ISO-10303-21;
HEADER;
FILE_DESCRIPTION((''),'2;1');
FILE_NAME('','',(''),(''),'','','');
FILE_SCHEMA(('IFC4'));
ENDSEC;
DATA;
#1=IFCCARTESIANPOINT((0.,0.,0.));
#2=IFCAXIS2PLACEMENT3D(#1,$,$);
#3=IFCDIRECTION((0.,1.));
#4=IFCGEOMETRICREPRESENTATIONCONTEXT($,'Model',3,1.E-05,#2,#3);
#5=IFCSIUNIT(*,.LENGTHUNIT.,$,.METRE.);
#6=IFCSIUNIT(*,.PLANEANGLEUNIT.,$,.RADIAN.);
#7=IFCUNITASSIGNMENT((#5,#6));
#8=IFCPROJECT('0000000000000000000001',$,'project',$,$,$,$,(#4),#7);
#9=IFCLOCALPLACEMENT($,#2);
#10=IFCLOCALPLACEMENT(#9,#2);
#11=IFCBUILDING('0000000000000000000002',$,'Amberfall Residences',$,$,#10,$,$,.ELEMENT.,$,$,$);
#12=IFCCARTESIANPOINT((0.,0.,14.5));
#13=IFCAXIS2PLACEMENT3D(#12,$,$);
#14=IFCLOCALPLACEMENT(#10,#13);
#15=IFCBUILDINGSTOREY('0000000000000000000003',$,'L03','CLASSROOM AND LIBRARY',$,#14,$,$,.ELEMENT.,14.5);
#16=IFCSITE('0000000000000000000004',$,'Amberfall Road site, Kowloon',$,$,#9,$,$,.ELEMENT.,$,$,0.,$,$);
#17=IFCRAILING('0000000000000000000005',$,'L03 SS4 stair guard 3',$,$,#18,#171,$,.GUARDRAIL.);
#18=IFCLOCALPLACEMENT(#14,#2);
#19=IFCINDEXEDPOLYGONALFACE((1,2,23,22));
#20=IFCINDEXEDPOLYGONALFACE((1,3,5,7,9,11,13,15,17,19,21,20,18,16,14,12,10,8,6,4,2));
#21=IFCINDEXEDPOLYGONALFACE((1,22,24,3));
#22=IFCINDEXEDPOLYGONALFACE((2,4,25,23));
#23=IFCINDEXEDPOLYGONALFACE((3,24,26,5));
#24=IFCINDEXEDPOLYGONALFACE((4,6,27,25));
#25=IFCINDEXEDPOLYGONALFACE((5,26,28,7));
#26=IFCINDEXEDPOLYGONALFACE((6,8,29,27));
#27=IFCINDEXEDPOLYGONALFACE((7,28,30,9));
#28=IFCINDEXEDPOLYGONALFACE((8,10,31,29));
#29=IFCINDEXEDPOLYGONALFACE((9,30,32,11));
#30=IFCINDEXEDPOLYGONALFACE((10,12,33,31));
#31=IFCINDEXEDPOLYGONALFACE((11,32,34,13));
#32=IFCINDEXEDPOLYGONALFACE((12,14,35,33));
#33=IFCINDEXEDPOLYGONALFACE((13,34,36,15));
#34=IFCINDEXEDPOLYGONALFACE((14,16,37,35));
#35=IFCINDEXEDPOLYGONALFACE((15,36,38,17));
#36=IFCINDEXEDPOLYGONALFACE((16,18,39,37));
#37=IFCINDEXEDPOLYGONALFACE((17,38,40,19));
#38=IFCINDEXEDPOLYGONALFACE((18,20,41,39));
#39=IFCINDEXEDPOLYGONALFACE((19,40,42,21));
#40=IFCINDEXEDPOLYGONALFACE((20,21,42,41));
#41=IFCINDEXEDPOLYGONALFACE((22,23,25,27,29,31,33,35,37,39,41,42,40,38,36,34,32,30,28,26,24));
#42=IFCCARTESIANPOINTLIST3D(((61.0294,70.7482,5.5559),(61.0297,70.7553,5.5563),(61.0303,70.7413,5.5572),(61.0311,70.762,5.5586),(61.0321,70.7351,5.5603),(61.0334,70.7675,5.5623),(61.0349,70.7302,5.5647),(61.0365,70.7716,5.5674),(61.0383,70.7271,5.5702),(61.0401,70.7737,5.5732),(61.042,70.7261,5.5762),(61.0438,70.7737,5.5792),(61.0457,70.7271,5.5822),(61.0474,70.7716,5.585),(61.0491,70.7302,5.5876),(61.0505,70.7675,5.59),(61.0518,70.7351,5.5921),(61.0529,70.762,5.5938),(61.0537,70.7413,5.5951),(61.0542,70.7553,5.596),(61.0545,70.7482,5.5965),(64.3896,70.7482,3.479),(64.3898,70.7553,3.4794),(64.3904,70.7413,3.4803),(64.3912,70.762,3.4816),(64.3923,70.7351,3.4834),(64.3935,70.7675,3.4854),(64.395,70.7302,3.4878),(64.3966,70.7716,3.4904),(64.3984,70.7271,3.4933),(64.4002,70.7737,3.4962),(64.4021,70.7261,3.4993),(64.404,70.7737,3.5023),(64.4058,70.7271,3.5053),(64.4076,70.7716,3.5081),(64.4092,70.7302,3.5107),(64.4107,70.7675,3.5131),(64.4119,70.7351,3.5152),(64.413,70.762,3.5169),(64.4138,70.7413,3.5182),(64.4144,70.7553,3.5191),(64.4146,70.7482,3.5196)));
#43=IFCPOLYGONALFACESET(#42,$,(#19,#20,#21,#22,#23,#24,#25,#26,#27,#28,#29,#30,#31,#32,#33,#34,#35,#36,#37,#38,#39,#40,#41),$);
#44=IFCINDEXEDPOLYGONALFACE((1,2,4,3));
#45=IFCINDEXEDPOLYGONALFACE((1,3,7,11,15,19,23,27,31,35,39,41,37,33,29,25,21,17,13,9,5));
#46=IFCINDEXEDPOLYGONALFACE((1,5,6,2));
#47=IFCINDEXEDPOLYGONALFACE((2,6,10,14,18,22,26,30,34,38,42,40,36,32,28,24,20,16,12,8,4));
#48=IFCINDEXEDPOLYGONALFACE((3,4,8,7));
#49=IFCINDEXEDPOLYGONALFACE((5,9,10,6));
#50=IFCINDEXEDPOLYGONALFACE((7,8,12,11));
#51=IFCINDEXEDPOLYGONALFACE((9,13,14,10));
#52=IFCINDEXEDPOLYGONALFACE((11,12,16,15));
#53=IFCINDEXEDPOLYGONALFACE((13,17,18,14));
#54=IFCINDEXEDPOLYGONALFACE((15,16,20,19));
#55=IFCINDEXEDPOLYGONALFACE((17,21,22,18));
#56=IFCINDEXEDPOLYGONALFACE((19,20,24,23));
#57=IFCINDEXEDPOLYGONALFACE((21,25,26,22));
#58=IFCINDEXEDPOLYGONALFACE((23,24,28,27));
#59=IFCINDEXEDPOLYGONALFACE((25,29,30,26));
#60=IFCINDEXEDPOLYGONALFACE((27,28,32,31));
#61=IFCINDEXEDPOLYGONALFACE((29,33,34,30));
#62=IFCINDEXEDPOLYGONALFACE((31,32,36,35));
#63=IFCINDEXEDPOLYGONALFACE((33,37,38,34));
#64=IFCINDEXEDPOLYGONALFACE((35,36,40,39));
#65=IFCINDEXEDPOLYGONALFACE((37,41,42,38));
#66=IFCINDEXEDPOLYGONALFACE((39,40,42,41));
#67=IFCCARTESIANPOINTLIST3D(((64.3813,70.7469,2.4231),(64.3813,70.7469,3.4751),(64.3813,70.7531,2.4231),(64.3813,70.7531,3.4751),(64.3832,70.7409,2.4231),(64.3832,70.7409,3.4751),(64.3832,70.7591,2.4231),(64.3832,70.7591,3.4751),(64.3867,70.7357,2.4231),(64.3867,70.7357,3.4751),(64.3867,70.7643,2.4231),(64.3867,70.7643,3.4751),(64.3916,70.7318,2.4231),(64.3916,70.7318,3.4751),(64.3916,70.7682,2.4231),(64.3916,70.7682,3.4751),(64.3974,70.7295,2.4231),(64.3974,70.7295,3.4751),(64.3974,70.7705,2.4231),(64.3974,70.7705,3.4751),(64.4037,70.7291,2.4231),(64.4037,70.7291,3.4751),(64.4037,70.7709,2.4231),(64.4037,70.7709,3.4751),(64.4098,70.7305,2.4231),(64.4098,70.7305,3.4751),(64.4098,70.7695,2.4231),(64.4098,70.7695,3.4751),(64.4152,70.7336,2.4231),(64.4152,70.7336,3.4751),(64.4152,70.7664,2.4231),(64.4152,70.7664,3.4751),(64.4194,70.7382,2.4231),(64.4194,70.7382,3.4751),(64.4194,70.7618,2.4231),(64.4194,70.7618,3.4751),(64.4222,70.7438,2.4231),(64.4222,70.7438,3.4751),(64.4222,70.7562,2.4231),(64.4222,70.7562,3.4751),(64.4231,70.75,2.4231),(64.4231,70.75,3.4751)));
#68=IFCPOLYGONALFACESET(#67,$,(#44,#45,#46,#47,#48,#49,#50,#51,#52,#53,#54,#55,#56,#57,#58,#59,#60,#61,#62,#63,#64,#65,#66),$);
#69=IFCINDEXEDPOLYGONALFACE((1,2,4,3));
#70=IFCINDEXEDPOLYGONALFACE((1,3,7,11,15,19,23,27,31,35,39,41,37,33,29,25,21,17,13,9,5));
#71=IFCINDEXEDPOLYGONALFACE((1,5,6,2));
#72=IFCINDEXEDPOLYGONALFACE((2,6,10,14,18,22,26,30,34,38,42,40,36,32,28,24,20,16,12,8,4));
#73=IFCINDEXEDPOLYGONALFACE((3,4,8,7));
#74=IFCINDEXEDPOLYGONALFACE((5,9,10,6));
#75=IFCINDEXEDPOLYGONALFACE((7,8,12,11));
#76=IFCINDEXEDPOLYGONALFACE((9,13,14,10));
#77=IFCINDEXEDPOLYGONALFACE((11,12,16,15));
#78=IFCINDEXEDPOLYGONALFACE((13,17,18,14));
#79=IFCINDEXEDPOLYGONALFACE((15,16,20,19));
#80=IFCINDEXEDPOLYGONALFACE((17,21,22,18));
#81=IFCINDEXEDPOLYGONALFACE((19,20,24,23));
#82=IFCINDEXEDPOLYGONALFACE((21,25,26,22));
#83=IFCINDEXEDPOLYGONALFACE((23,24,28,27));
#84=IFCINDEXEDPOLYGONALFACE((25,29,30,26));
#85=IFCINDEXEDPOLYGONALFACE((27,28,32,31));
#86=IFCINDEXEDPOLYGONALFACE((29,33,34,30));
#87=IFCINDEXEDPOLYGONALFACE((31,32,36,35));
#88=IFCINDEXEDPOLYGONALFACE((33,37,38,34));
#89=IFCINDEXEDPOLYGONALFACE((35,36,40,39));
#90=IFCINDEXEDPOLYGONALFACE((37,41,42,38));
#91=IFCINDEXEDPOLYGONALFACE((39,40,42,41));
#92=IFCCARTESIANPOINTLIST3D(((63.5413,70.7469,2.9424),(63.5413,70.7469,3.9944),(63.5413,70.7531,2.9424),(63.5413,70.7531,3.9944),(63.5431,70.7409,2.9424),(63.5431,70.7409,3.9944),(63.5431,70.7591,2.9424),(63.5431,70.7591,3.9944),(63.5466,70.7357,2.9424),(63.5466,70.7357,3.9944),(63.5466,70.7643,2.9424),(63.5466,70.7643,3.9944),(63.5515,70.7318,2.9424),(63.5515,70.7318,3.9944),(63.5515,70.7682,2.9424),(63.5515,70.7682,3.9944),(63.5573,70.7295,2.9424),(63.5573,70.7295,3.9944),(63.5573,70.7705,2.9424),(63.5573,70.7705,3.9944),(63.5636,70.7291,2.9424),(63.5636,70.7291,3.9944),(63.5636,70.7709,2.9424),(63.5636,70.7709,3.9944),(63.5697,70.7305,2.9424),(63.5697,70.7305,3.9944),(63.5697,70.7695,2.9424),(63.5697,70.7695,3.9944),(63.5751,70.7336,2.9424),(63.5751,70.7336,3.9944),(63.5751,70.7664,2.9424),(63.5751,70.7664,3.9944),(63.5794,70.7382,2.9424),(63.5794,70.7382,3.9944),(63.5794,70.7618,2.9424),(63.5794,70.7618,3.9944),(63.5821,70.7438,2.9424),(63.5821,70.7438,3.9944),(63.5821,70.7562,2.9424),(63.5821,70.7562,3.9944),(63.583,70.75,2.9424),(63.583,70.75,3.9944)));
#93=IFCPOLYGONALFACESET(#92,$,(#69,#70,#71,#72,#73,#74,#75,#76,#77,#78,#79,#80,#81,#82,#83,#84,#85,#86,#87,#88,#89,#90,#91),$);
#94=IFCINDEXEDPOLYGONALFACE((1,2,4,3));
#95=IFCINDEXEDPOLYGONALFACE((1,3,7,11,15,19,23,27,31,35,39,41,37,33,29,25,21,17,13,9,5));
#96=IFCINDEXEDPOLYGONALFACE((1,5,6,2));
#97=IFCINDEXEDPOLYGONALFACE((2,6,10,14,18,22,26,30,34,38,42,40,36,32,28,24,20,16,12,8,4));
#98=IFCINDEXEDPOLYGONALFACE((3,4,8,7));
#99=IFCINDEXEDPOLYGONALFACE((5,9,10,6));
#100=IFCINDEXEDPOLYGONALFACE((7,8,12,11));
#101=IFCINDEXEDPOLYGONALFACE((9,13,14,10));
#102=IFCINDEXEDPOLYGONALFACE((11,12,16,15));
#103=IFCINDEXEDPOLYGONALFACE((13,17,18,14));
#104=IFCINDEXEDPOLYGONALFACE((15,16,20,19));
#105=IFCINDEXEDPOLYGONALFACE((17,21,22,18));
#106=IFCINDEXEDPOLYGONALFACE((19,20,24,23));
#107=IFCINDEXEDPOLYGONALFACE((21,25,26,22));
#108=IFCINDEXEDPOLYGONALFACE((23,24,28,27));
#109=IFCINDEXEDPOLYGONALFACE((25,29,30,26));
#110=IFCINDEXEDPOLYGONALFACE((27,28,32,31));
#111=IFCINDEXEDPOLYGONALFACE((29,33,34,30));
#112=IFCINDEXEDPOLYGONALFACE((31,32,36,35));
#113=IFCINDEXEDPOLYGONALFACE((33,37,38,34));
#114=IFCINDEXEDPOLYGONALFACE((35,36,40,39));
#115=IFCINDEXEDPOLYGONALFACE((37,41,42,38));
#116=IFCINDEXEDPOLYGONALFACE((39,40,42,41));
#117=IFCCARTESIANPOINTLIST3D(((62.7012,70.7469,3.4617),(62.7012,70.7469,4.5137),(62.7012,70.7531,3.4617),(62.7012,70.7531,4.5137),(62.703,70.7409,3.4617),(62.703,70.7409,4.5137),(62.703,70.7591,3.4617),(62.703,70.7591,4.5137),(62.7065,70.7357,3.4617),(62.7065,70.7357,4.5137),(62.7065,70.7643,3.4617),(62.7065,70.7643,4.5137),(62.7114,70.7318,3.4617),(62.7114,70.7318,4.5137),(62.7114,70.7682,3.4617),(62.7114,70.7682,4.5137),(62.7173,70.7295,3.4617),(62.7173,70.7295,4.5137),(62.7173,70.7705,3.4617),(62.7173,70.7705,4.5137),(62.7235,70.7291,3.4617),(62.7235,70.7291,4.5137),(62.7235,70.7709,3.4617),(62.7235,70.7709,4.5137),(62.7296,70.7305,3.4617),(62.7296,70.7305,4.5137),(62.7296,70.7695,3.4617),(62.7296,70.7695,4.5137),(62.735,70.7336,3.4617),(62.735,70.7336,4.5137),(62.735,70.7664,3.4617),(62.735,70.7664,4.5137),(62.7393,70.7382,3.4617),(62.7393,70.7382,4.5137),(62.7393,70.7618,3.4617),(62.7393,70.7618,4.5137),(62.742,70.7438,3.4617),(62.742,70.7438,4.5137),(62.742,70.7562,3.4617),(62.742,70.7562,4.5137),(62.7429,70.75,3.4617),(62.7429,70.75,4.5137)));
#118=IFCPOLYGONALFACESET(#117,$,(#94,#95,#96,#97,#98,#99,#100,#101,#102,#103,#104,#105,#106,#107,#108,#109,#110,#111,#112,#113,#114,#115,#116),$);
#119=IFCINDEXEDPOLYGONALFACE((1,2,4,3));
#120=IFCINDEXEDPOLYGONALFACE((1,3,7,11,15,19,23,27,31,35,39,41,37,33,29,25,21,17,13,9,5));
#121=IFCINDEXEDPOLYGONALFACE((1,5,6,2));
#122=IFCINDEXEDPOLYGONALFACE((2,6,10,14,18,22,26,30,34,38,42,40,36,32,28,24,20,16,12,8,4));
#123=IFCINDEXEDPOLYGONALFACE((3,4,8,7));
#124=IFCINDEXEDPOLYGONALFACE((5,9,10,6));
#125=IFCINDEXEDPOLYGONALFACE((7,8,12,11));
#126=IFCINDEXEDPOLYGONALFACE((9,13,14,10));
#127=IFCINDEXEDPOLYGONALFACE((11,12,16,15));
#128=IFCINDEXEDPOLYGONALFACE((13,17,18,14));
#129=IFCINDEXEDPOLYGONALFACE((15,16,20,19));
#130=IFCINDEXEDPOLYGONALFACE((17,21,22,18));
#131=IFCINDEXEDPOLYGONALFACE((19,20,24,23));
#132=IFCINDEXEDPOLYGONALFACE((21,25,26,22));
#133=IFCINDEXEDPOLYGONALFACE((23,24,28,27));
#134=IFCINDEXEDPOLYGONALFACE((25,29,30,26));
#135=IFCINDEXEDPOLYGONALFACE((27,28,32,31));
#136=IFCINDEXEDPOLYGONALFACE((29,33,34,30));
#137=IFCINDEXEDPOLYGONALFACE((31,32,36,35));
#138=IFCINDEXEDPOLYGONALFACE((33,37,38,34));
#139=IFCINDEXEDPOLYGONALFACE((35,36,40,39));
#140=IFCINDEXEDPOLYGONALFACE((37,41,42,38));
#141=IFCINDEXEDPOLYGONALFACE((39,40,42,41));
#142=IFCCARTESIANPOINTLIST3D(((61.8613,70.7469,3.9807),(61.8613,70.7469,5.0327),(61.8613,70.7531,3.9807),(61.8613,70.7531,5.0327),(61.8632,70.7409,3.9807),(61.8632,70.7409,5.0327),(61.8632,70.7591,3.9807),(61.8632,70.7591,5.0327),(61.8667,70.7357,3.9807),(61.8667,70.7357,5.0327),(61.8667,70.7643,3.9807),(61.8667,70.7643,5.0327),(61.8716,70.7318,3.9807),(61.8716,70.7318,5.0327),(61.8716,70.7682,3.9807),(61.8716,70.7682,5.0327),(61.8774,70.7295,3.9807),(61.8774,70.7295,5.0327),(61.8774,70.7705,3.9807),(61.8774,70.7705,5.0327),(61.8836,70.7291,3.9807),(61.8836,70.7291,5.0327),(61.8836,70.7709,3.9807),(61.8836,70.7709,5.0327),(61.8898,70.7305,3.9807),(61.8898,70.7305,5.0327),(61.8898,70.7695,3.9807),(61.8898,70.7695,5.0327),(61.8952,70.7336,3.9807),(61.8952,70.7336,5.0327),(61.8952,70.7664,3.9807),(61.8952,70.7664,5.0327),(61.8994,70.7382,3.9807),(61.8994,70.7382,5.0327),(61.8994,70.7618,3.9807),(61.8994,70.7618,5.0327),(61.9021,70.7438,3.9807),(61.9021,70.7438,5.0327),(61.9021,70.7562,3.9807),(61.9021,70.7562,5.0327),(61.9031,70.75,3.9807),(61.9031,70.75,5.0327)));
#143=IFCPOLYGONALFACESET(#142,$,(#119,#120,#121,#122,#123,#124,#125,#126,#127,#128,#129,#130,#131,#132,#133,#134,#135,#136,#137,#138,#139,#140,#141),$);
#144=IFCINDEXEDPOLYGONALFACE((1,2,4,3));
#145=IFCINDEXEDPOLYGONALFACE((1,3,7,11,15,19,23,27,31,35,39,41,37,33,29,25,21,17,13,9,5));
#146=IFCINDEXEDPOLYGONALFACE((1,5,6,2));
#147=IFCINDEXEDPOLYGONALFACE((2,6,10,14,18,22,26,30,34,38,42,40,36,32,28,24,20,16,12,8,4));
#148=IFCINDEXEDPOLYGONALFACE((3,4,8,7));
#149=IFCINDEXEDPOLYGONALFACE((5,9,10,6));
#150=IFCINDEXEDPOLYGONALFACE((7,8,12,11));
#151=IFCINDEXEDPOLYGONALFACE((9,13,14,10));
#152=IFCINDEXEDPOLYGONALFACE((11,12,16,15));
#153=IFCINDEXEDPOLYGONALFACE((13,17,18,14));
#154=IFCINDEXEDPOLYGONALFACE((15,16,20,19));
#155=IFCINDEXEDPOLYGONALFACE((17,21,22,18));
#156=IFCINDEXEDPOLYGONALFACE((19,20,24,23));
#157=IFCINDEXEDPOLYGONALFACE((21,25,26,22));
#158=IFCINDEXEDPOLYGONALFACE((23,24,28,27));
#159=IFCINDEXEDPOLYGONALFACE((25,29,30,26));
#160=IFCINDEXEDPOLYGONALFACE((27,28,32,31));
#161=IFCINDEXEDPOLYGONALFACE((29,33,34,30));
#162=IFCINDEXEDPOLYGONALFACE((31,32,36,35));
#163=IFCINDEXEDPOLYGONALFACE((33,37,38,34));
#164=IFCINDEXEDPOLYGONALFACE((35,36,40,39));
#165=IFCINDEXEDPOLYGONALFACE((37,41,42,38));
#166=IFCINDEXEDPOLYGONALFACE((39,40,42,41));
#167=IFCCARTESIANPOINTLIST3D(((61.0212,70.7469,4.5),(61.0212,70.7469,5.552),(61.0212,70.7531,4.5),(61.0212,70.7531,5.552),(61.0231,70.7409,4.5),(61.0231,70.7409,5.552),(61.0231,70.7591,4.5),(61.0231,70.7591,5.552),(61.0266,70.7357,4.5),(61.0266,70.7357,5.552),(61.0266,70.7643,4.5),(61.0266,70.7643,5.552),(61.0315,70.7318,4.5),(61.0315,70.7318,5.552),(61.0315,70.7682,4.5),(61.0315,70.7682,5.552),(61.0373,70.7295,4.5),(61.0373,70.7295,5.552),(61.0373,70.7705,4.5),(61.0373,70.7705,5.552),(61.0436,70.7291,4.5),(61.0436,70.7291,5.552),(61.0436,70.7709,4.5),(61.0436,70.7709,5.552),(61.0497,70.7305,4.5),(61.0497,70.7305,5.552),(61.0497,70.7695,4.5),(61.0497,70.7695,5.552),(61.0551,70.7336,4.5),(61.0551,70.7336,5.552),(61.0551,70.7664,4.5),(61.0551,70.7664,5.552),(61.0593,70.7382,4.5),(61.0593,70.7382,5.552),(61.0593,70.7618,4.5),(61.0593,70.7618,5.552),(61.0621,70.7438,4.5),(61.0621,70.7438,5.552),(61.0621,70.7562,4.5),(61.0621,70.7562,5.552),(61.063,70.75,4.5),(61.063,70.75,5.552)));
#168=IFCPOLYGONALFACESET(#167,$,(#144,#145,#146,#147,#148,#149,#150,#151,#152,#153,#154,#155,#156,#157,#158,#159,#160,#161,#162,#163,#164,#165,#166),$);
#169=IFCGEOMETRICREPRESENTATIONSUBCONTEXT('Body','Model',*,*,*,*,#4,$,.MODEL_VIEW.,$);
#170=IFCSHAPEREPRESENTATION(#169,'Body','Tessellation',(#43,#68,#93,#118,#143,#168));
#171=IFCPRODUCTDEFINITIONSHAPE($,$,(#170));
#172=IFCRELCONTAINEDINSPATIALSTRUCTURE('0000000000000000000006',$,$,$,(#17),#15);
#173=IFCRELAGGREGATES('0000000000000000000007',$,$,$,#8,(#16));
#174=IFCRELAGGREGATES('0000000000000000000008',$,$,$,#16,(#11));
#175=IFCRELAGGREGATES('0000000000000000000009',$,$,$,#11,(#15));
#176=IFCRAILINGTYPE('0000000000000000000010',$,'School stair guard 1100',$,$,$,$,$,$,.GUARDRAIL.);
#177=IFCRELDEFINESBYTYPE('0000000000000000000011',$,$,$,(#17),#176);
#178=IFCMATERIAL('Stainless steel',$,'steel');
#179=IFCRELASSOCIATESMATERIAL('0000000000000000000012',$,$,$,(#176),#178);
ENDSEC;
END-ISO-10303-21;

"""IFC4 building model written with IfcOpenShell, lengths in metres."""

from ifc_helpers import new_model, si_unit, direction, frame, origin, origin_2d, place, context, subcontext, project, spatial, circle, extrude, material, type_object, element, save


model = new_model("IFC4")

# Units and contexts
model_context = context("Model", 3, precision=1e-05, world=origin(), true_north=direction((0.0, 1.0)))
body_context = subcontext(model_context, "Body", "Model", "MODEL_VIEW")
ifc_project = project(units=[si_unit("LENGTHUNIT", "METRE"), si_unit("PLANEANGLEUNIT", "RADIAN")], contexts=[model_context])

# Site, building, storey
site_placement = place(None, origin())
site = spatial("IfcSite", under=ifc_project, at=site_placement, Name="Amberfall Road site, Kowloon", CompositionType="ELEMENT", RefElevation=0.0)
building_placement = place(site_placement, origin())
building = spatial("IfcBuilding", under=site, at=building_placement, Name="Amberfall Residences", CompositionType="ELEMENT")
storey_placement = place(building_placement, frame((0.0, 0.0, 14.5)))
storey = spatial("IfcBuildingStorey", under=building, at=storey_placement, Name="L03", Description="CLASSROOM AND LIBRARY", CompositionType="ELEMENT", Elevation=14.5)

# Railing
ifc_material_1 = material(Name="Stainless steel", Category="steel")
railing_type_1 = type_object("IfcRailingType", Name="School stair guard 1100", PredefinedType="GUARDRAIL", material=ifc_material_1)
railing_1_placement = place(storey_placement, frame((64.4021, 70.75, 2.4231)))
element("IfcRailing", 1, at=railing_1_placement, inside=storey, type_object=railing_type_1, Name="L03 SS4 stair guard 3", PredefinedType="GUARDRAIL", context=body_context, shape_type="SweptSolid", body=[
    extrude(circle(Radius=0.0239, at=origin_2d()), frame((0.0, 0.0, 1.0762), z_axis=(-0.850623, 0.0, 0.525776), x_axis=(0.0, -1.0, 0.0)), (0.0, 0.0, 1.0), 3.9502),
    extrude(circle(Radius=0.021, at=origin_2d()), origin(), (0.0, 0.0, 1.0), 1.052),
    extrude(circle(Radius=0.021, at=origin_2d()), frame((-0.8401, 0.0, 0.5193)), (0.0, 0.0, 1.0), 1.052),
    extrude(circle(Radius=0.021, at=origin_2d()), frame((-1.6802, 0.0, 1.0386)), (0.0, 0.0, 1.0), 1.052),
    extrude(circle(Radius=0.021, at=origin_2d()), frame((-2.52, 0.0, 1.5576)), (0.0, 0.0, 1.0), 1.052),
    extrude(circle(Radius=0.021, at=origin_2d()), frame((-3.3601, 0.0, 2.0769)), (0.0, 0.0, 1.0), 1.052),
])

save(model, "model.ifc")
